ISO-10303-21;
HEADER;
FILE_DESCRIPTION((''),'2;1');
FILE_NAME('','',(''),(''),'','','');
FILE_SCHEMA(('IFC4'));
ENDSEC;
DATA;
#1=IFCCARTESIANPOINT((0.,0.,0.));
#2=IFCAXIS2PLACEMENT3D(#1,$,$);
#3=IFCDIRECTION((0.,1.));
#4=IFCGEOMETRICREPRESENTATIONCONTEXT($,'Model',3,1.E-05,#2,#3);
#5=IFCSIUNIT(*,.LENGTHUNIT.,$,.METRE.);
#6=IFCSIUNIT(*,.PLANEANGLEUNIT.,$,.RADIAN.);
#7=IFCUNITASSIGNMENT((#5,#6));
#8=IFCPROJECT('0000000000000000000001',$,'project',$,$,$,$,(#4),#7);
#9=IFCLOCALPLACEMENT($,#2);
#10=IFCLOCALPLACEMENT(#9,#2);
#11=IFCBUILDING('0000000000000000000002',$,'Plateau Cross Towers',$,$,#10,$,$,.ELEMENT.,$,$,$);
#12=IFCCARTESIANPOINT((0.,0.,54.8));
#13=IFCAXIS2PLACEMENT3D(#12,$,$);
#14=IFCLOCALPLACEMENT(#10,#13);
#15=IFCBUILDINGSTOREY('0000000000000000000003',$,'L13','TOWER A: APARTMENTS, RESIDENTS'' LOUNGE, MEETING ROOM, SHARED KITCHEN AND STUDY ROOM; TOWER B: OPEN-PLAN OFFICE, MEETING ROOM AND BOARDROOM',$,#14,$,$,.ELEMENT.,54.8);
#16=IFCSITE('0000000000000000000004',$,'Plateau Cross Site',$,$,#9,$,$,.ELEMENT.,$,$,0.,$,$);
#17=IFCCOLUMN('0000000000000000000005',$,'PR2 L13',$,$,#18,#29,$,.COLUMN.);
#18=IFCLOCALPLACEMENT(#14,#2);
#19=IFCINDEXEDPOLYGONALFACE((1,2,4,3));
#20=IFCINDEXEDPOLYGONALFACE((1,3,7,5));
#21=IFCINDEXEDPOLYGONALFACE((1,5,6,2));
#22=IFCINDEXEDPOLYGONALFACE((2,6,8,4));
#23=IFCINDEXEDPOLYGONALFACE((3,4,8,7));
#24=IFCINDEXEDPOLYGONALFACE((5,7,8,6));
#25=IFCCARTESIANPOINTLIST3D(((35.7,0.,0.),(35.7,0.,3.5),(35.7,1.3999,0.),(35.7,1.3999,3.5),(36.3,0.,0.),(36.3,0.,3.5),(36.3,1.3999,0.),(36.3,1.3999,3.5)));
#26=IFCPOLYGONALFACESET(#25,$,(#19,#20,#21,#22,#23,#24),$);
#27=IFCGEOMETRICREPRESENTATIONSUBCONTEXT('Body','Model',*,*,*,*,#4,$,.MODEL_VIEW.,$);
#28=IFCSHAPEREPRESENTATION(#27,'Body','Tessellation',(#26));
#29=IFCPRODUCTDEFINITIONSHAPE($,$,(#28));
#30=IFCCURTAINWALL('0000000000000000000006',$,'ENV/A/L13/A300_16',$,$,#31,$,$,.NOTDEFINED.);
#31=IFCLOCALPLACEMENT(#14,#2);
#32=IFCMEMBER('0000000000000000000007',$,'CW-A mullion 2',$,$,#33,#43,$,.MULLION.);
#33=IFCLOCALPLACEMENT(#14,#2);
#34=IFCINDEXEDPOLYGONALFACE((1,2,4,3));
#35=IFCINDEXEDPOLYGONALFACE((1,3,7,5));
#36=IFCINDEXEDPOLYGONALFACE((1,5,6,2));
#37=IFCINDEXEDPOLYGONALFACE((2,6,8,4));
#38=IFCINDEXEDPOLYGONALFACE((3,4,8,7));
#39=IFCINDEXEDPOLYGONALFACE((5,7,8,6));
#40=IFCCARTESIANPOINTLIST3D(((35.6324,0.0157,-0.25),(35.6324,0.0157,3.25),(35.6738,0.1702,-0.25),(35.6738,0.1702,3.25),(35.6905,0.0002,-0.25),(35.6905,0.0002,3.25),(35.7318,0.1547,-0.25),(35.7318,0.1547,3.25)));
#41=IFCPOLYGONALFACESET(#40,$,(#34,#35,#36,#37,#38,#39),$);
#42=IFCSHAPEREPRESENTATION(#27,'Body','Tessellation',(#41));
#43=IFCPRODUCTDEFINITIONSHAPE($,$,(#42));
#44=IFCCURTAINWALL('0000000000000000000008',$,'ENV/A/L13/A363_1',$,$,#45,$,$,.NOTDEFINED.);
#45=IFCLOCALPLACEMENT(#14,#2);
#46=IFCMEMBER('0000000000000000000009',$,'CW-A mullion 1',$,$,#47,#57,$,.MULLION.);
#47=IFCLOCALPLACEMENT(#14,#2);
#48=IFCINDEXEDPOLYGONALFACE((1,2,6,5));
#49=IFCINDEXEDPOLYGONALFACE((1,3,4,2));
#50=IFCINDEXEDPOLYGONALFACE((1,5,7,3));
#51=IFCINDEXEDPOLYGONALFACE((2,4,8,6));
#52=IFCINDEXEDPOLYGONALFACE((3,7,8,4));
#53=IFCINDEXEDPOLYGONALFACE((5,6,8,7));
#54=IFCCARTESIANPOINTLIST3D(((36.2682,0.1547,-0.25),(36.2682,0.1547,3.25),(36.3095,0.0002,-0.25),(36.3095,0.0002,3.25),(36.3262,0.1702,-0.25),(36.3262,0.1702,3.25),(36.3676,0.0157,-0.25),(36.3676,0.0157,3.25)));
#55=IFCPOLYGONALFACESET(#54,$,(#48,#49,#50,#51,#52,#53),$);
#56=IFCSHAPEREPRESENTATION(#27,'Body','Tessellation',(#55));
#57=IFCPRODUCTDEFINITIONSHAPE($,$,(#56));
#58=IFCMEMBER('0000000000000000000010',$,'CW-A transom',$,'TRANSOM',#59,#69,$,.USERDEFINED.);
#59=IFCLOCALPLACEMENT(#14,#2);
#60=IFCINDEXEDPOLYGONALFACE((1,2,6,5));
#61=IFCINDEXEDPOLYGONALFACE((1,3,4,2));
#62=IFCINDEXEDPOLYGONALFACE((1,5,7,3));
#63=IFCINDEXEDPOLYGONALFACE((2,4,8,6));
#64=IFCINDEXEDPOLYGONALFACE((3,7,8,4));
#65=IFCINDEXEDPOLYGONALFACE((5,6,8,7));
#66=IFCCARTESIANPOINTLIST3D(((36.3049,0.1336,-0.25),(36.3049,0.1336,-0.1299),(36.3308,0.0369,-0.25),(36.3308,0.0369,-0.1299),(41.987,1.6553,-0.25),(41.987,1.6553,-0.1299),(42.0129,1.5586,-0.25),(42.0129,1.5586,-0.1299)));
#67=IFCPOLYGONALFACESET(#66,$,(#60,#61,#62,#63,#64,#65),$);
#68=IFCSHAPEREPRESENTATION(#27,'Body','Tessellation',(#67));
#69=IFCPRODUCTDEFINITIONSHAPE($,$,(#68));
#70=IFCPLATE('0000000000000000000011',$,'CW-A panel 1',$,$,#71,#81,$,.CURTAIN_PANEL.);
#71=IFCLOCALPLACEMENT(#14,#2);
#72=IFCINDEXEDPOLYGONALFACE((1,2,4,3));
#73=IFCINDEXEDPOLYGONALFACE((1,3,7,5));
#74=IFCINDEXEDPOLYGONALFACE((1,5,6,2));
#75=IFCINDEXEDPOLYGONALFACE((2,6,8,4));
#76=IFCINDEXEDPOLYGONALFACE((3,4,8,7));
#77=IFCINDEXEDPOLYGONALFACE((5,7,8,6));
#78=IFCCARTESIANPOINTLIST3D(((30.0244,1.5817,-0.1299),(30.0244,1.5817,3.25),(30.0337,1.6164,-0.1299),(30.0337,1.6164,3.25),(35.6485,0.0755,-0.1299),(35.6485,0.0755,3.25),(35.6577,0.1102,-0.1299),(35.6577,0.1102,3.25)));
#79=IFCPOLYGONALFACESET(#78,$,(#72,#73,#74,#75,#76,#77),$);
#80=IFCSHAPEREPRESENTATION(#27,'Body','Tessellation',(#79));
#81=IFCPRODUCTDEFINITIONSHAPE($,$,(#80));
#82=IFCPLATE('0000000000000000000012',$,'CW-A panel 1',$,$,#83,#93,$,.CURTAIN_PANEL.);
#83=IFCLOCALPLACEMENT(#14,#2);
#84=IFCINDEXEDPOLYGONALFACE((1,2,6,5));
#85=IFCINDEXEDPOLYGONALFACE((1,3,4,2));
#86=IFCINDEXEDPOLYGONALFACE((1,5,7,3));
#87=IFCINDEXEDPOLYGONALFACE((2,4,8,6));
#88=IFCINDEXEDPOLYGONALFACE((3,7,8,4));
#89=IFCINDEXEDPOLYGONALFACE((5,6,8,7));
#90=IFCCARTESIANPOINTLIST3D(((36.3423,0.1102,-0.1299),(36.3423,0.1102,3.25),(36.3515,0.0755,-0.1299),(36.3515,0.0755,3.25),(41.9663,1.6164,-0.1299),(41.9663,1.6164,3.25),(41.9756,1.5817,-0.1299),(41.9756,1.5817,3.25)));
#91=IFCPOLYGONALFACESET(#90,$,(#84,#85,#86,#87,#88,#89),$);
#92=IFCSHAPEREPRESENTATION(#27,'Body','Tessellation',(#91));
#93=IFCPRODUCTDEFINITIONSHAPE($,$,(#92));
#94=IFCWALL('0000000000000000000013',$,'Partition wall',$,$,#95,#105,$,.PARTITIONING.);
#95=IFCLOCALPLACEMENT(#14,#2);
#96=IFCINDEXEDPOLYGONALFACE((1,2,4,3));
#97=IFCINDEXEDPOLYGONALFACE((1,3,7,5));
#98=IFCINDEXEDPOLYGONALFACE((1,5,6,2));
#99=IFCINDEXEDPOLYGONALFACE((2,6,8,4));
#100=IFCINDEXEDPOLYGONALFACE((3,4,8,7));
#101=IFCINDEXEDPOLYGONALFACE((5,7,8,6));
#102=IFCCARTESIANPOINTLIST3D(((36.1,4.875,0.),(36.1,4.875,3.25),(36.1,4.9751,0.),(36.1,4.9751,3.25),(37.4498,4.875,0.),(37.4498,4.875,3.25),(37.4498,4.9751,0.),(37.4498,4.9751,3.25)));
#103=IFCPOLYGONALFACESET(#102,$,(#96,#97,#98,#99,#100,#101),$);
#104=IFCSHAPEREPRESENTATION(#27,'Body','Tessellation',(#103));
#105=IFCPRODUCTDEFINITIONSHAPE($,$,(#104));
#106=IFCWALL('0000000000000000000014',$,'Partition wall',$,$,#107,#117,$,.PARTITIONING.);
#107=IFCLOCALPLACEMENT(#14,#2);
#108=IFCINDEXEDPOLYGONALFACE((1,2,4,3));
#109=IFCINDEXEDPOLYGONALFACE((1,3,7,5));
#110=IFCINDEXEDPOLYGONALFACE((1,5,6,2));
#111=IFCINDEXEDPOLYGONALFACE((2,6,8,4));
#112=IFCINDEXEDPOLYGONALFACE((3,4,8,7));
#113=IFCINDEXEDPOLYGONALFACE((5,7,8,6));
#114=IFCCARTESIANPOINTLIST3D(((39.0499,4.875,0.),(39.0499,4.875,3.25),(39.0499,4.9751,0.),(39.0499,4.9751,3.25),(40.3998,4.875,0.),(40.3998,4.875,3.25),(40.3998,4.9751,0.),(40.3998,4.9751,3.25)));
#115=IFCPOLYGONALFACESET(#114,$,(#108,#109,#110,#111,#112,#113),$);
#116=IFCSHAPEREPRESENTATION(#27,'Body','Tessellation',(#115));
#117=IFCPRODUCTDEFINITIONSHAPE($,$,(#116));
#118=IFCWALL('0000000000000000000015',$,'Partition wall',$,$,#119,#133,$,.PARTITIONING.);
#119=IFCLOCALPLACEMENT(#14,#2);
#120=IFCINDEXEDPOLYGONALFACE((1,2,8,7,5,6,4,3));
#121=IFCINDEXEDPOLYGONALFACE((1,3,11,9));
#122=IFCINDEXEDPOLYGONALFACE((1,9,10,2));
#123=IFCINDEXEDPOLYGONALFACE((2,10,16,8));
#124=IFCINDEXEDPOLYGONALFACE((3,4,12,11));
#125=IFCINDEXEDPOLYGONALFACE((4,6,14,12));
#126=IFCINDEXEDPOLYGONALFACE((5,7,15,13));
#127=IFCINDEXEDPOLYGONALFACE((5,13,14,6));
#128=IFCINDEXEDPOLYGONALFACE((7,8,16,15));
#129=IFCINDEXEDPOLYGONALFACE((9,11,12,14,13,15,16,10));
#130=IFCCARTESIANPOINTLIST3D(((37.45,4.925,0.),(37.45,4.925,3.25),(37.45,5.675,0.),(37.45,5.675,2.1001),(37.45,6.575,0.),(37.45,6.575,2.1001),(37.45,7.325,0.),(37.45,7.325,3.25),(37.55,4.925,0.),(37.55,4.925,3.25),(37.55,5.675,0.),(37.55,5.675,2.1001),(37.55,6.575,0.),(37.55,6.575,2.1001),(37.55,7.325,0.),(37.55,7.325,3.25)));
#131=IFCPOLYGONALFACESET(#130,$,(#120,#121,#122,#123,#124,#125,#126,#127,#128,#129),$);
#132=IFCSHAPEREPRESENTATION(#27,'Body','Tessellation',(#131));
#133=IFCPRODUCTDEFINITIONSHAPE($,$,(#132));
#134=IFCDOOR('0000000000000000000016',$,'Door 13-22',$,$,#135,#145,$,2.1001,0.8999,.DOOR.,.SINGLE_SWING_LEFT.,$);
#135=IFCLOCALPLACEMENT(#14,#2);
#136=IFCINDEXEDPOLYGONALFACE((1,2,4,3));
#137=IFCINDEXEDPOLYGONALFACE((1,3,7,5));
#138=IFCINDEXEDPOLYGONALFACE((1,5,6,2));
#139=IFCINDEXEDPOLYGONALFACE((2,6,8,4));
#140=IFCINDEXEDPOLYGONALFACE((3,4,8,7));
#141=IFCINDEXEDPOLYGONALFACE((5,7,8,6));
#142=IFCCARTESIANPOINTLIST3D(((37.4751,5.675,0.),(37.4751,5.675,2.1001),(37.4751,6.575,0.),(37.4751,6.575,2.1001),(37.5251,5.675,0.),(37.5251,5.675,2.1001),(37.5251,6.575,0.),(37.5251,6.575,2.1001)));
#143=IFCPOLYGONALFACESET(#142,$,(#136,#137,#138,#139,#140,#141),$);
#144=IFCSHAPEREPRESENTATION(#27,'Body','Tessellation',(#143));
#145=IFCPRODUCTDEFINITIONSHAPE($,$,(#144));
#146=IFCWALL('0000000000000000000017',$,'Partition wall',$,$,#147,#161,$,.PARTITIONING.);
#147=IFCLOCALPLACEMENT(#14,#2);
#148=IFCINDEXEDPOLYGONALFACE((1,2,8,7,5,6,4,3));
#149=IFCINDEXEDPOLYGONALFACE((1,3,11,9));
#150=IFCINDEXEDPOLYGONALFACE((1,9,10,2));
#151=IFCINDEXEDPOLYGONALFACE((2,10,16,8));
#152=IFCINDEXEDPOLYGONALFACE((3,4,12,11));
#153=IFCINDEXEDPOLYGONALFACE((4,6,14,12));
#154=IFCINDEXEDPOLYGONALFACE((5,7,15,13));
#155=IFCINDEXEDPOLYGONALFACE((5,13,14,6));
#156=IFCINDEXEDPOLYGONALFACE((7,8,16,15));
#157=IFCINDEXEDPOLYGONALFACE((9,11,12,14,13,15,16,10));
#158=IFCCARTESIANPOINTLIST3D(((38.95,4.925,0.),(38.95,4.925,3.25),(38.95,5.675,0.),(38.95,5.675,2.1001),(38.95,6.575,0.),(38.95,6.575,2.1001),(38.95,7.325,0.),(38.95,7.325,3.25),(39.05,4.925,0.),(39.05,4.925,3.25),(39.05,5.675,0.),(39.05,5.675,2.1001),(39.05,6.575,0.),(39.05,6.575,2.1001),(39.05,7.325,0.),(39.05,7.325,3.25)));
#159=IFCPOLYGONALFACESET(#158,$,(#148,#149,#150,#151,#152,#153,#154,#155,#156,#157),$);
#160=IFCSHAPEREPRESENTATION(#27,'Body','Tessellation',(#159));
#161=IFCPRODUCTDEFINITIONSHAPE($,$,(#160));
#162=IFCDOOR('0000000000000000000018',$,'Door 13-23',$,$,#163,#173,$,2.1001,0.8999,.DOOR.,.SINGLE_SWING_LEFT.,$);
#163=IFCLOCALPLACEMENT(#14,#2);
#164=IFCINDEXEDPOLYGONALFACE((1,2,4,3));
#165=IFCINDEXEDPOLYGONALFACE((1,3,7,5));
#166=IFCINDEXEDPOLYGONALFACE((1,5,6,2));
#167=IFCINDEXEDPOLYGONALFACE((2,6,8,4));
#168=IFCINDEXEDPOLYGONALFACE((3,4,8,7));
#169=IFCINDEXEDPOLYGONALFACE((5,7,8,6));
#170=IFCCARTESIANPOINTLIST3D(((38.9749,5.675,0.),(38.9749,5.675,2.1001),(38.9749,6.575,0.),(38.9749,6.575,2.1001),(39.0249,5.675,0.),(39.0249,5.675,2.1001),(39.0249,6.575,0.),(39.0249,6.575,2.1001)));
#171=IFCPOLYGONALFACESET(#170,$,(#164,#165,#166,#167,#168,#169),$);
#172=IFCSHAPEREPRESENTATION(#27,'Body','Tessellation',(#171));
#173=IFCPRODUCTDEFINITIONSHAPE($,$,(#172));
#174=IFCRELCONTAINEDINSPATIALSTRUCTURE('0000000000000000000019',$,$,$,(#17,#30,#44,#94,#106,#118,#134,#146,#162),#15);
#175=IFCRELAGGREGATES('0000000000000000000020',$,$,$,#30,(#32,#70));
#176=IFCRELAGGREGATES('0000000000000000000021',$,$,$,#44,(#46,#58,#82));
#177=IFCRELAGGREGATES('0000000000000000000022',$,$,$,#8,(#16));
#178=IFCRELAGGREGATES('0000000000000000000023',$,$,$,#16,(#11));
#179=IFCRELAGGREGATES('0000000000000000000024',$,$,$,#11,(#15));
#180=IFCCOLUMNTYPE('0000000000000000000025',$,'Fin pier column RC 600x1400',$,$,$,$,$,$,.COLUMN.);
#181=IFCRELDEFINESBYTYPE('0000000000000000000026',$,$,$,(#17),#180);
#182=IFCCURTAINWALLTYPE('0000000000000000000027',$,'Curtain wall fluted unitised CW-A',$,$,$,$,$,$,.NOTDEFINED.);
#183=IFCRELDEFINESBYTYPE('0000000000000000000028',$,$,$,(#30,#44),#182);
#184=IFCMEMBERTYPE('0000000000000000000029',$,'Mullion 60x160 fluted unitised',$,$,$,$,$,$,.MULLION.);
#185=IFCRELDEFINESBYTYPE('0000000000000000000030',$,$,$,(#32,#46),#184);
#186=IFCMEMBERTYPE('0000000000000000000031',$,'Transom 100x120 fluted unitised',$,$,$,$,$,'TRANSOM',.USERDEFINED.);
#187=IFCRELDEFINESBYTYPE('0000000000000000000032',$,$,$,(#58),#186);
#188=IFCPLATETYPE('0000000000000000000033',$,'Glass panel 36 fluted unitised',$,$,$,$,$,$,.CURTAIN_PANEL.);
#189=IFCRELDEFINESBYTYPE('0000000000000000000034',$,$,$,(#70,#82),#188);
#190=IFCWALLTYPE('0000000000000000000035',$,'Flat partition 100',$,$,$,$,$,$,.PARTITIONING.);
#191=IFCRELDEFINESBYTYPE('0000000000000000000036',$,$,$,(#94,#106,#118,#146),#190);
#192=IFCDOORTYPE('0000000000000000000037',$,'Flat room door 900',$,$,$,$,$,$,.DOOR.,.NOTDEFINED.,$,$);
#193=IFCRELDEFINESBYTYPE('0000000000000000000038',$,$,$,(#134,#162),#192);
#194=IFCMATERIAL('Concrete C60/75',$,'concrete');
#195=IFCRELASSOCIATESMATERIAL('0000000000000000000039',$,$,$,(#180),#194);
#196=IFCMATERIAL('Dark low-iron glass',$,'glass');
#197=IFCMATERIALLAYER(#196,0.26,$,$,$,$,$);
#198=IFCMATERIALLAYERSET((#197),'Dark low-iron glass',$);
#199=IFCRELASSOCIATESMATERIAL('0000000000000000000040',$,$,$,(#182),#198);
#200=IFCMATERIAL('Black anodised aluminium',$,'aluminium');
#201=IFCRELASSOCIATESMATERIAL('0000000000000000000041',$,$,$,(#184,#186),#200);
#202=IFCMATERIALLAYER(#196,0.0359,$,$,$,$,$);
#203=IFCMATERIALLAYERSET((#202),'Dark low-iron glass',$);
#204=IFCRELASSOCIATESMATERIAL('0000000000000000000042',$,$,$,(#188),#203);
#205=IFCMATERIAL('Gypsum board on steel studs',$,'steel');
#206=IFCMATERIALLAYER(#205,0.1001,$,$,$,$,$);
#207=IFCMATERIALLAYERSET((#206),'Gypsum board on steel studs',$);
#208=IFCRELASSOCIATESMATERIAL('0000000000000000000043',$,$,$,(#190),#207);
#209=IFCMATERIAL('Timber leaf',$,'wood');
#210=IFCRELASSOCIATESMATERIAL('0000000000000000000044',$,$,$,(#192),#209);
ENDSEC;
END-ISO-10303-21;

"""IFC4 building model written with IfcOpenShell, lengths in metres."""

from ifc_helpers import new_model, si_unit, direction, frame, frame_2d, origin, origin_2d, place, context, subcontext, project, spatial, rectangle, extrude, material, layer, layer_set, material_profile, profile_set, type_object, element, fill, aggregate, save


model = new_model("IFC4")

# Units and contexts
model_context = context("Model", 3, precision=1e-05, world=origin(), true_north=direction((0.0, 1.0)))
body_context = subcontext(model_context, "Body", "Model", "MODEL_VIEW")
ifc_project = project(units=[si_unit("LENGTHUNIT", "METRE"), si_unit("PLANEANGLEUNIT", "RADIAN")], contexts=[model_context])

# Site, building, storey
site_placement = place(None, origin())
site = spatial("IfcSite", under=ifc_project, at=site_placement, Name="Plateau Cross Site", CompositionType="ELEMENT", RefElevation=0.0)
building_placement = place(site_placement, origin())
building = spatial("IfcBuilding", under=site, at=building_placement, Name="Plateau Cross Towers", CompositionType="ELEMENT")
storey_placement = place(building_placement, frame((0.0, 0.0, 54.8)))
storey = spatial("IfcBuildingStorey", under=building, at=storey_placement, Name="L13", Description="TOWER A: APARTMENTS, RESIDENTS' LOUNGE, MEETING ROOM, SHARED KITCHEN AND STUDY ROOM; TOWER B: OPEN-PLAN OFFICE, MEETING ROOM AND BOARDROOM", CompositionType="ELEMENT", Elevation=54.8)

# Column
ifc_material_1 = material(Name="Concrete C60/75", Category="concrete")
ifc_material_profile_1 = material_profile(ifc_material_1, rectangle(XDim=0.6001, YDim=1.3999, at=origin_2d()), Name="RC 600x1400")
ifc_profile_set_1 = profile_set([ifc_material_profile_1], Name="Concrete C60/75")
column_type = type_object("IfcColumnType", Name="Fin pier column RC 600x1400", PredefinedType="COLUMN", material=ifc_profile_set_1)
column_placement = place(storey_placement, frame((36.0, 0.7, 0.0), z_axis=(0.0, 0.0, 1.0), x_axis=(1.0, 0.0, 0.0)))
element("IfcColumn", 1, at=column_placement, inside=storey, type_object=column_type, Name="PR2 L13", PredefinedType="COLUMN", context=body_context, shape_type="SweptSolid", body=[
    extrude(rectangle(XDim=0.6001, YDim=1.3999, at=origin_2d()), origin(), (0.0, 0.0, 1.0), 3.5),
])

# Curtain wall, member
ifc_material_2 = material(Name="Dark low-iron glass", Category="glass")
ifc_layer_1 = layer(ifc_material_2, 0.26)
ifc_layer_set_1 = layer_set([ifc_layer_1], Name="Dark low-iron glass")
curtain_wall_type = type_object("IfcCurtainWallType", Name="Curtain wall fluted unitised CW-A", PredefinedType="NOTDEFINED", material=ifc_layer_set_1)
curtain_wall_1_placement = place(storey_placement, origin())
curtain_wall_1 = element("IfcCurtainWall", 2, at=curtain_wall_1_placement, inside=storey, type_object=curtain_wall_type, Name="ENV/A/L13/A300_16", PredefinedType="NOTDEFINED")
ifc_material_3 = material(Name="Black anodised aluminium", Category="aluminium")
ifc_material_profile_2 = material_profile(ifc_material_3, rectangle(XDim=0.0601, YDim=0.1599, at=origin_2d()), Name="MULLION 60x160")
ifc_profile_set_2 = profile_set([ifc_material_profile_2], Name="Black anodised aluminium")
member_type_1 = type_object("IfcMemberType", Name="Mullion 60x160 fluted unitised", PredefinedType="MULLION", material=ifc_profile_set_2)
member_1_placement = place(storey_placement, frame((35.6821, 0.0852, -0.25), z_axis=(0.0, 0.0, 1.0), x_axis=(0.965958, -0.258699, 0.0)))
member_1 = element("IfcMember", 3, at=member_1_placement, type_object=member_type_1, Name="CW-A mullion 2", PredefinedType="MULLION", context=body_context, shape_type="SweptSolid", body=[
    extrude(rectangle(XDim=0.0601, YDim=0.1599, at=origin_2d()), origin(), (0.0, 0.0, 1.0), 3.5),
])

# Curtain wall, members
curtain_wall_2_placement = place(storey_placement, origin())
curtain_wall_2 = element("IfcCurtainWall", 4, at=curtain_wall_2_placement, inside=storey, type_object=curtain_wall_type, Name="ENV/A/L13/A363_1", PredefinedType="NOTDEFINED")
member_2_placement = place(storey_placement, frame((36.3179, 0.0852, -0.25), z_axis=(0.0, 0.0, 1.0), x_axis=(0.965958, 0.258699, 0.0)))
member_2 = element("IfcMember", 5, at=member_2_placement, type_object=member_type_1, Name="CW-A mullion 1", PredefinedType="MULLION", context=body_context, shape_type="SweptSolid", body=[
    extrude(rectangle(XDim=0.0601, YDim=0.1599, at=origin_2d()), origin(), (0.0, 0.0, 1.0), 3.5),
])
ifc_material_profile_3 = material_profile(ifc_material_3, rectangle(XDim=0.1001, YDim=0.1201, at=origin_2d()), Name="TRANSOM 100x120")
ifc_profile_set_3 = profile_set([ifc_material_profile_3], Name="Black anodised aluminium")
member_type_2 = type_object("IfcMemberType", Name="Transom 100x120 fluted unitised", ElementType="TRANSOM", PredefinedType="USERDEFINED", material=ifc_profile_set_3)
member_3_placement = place(storey_placement, frame((36.3179, 0.0852, -0.1899), z_axis=(0.96596, 0.258693, 0.0), x_axis=(-0.258693, 0.96596, 0.0)))
member_3 = element("IfcMember", 6, at=member_3_placement, type_object=member_type_2, Name="CW-A transom", ObjectType="TRANSOM", PredefinedType="USERDEFINED", context=body_context, shape_type="SweptSolid", body=[
    extrude(rectangle(XDim=0.1001, YDim=0.1201, at=origin_2d()), origin(), (0.0, 0.0, 1.0), 5.8823),
])

# Plates
ifc_layer_2 = layer(ifc_material_2, 0.0359)
ifc_layer_set_2 = layer_set([ifc_layer_2], Name="Dark low-iron glass")
plate_type = type_object("IfcPlateType", Name="Glass panel 36 fluted unitised", PredefinedType="CURTAIN_PANEL", material=ifc_layer_set_2)
plate_1_placement = place(storey_placement, frame((32.8411, 0.8459, -0.1299), z_axis=(0.0, 0.0, 1.0), x_axis=(0.965958, -0.258699, 0.0)))
plate_1 = element("IfcPlate", 7, at=plate_1_placement, type_object=plate_type, Name="CW-A panel 1", PredefinedType="CURTAIN_PANEL", context=body_context, shape_type="SweptSolid", body=[
    extrude(rectangle(XDim=5.8223, YDim=0.0359, at=origin_2d()), origin(), (0.0, 0.0, 1.0), 3.3799),
])
aggregate(curtain_wall_1, [member_1, plate_1])
plate_2_placement = place(storey_placement, frame((39.1589, 0.8459, -0.1299), z_axis=(0.0, 0.0, 1.0), x_axis=(0.965958, 0.258699, 0.0)))
plate_2 = element("IfcPlate", 8, at=plate_2_placement, type_object=plate_type, Name="CW-A panel 1", PredefinedType="CURTAIN_PANEL", context=body_context, shape_type="SweptSolid", body=[
    extrude(rectangle(XDim=5.8223, YDim=0.0359, at=origin_2d()), origin(), (0.0, 0.0, 1.0), 3.3799),
])
aggregate(curtain_wall_2, [member_2, member_3, plate_2])

# Walls
ifc_material_4 = material(Name="Gypsum board on steel studs", Category="steel")
ifc_layer_3 = layer(ifc_material_4, 0.1001)
ifc_layer_set_3 = layer_set([ifc_layer_3], Name="Gypsum board on steel studs")
wall_type_1 = type_object("IfcWallType", Name="Flat partition 100", PredefinedType="PARTITIONING", material=ifc_layer_set_3)
for number, where, z_axis, x_axis, name in (
    (9, (36.1001, 4.925, 0.0), (0.0, 0.0, 1.0), (1.0, 0.0, 0.0), "Partition wall"),
    (10, (39.05, 4.925, 0.0), (0.0, 0.0, 1.0), (1.0, 0.0, 0.0), "Partition wall"),
):
    element("IfcWall", number, at=place(storey_placement, frame(where, z_axis=z_axis, x_axis=x_axis)), inside=storey, type_object=wall_type_1, Name=name, PredefinedType="PARTITIONING", context=body_context, shape_type="SweptSolid", body=[
        extrude(rectangle(XDim=1.3499, YDim=0.1001, at=frame_2d((0.6748, 0.0))), origin(), (0.0, 0.0, 1.0), 3.25),
    ])

# Walls, openings, doors
wall_1_placement = place(storey_placement, frame((37.5, 4.925, 0.0), z_axis=(0.0, 0.0, 1.0), x_axis=(0.0, 1.0, 0.0)))
wall_1 = element("IfcWall", 11, at=wall_1_placement, inside=storey, type_object=wall_type_1, Name="Partition wall", PredefinedType="PARTITIONING", context=body_context, shape_type="SweptSolid", body=[
    extrude(rectangle(XDim=2.3999, YDim=0.1001, at=frame_2d((1.2, 0.0))), origin(), (0.0, 0.0, 1.0), 3.25),
])
opening_1_placement = place(wall_1_placement, frame((0.75, 0.0, 0.0)))
opening_1 = element("IfcOpeningElement", 12, at=opening_1_placement, cuts=wall_1, PredefinedType="OPENING", context=body_context, shape_type="SweptSolid", body=[
    extrude(rectangle(XDim=0.8999, YDim=2.1001, at=frame_2d((0.45, 1.05))), frame((0.0, 0.0601, 0.0), z_axis=(0.0, -1.0, 0.0), x_axis=(1.0, 0.0, 0.0)), (0.0, 0.0, 1.0), 0.1201),
])
ifc_material_5 = material(Name="Timber leaf", Category="wood")
door_type = type_object("IfcDoorType", Name="Flat room door 900", OperationType="NOTDEFINED", PredefinedType="DOOR", material=ifc_material_5)
door_1_placement = place(opening_1_placement, origin())
door_1 = element("IfcDoor", 13, at=door_1_placement, inside=storey, type_object=door_type, Name="Door 13-22", OperationType="SINGLE_SWING_LEFT", OverallHeight=2.1001, OverallWidth=0.8999, PredefinedType="DOOR", context=body_context, shape_type="SweptSolid", body=[
    extrude(rectangle(XDim=0.8999, YDim=2.1001, at=frame_2d((0.45, 1.05))), frame((0.0, 0.0249, 0.0), z_axis=(0.0, -1.0, 0.0), x_axis=(1.0, 0.0, 0.0)), (0.0, 0.0, 1.0), 0.05),
])
fill(opening_1, door_1)
wall_2_placement = place(storey_placement, frame((39.0, 7.325, 0.0), z_axis=(0.0, 0.0, 1.0), x_axis=(0.0, -1.0, 0.0)))
wall_2 = element("IfcWall", 14, at=wall_2_placement, inside=storey, type_object=wall_type_1, Name="Partition wall", PredefinedType="PARTITIONING", context=body_context, shape_type="SweptSolid", body=[
    extrude(rectangle(XDim=2.3999, YDim=0.1001, at=frame_2d((1.2, 0.0))), origin(), (0.0, 0.0, 1.0), 3.25),
])
opening_2_placement = place(wall_2_placement, frame((0.75, 0.0, 0.0)))
opening_2 = element("IfcOpeningElement", 15, at=opening_2_placement, cuts=wall_2, PredefinedType="OPENING", context=body_context, shape_type="SweptSolid", body=[
    extrude(rectangle(XDim=0.8999, YDim=2.1001, at=frame_2d((0.45, 1.05))), frame((0.0, 0.0601, 0.0), z_axis=(0.0, -1.0, 0.0), x_axis=(1.0, 0.0, 0.0)), (0.0, 0.0, 1.0), 0.1201),
])
door_2_placement = place(opening_2_placement, origin())
door_2 = element("IfcDoor", 16, at=door_2_placement, inside=storey, type_object=door_type, Name="Door 13-23", OperationType="SINGLE_SWING_LEFT", OverallHeight=2.1001, OverallWidth=0.8999, PredefinedType="DOOR", context=body_context, shape_type="SweptSolid", body=[
    extrude(rectangle(XDim=0.8999, YDim=2.1001, at=frame_2d((0.45, 1.05))), frame((0.0, 0.0249, 0.0), z_axis=(0.0, -1.0, 0.0), x_axis=(1.0, 0.0, 0.0)), (0.0, 0.0, 1.0), 0.05),
])
fill(opening_2, door_2)

save(model, "model.ifc")
